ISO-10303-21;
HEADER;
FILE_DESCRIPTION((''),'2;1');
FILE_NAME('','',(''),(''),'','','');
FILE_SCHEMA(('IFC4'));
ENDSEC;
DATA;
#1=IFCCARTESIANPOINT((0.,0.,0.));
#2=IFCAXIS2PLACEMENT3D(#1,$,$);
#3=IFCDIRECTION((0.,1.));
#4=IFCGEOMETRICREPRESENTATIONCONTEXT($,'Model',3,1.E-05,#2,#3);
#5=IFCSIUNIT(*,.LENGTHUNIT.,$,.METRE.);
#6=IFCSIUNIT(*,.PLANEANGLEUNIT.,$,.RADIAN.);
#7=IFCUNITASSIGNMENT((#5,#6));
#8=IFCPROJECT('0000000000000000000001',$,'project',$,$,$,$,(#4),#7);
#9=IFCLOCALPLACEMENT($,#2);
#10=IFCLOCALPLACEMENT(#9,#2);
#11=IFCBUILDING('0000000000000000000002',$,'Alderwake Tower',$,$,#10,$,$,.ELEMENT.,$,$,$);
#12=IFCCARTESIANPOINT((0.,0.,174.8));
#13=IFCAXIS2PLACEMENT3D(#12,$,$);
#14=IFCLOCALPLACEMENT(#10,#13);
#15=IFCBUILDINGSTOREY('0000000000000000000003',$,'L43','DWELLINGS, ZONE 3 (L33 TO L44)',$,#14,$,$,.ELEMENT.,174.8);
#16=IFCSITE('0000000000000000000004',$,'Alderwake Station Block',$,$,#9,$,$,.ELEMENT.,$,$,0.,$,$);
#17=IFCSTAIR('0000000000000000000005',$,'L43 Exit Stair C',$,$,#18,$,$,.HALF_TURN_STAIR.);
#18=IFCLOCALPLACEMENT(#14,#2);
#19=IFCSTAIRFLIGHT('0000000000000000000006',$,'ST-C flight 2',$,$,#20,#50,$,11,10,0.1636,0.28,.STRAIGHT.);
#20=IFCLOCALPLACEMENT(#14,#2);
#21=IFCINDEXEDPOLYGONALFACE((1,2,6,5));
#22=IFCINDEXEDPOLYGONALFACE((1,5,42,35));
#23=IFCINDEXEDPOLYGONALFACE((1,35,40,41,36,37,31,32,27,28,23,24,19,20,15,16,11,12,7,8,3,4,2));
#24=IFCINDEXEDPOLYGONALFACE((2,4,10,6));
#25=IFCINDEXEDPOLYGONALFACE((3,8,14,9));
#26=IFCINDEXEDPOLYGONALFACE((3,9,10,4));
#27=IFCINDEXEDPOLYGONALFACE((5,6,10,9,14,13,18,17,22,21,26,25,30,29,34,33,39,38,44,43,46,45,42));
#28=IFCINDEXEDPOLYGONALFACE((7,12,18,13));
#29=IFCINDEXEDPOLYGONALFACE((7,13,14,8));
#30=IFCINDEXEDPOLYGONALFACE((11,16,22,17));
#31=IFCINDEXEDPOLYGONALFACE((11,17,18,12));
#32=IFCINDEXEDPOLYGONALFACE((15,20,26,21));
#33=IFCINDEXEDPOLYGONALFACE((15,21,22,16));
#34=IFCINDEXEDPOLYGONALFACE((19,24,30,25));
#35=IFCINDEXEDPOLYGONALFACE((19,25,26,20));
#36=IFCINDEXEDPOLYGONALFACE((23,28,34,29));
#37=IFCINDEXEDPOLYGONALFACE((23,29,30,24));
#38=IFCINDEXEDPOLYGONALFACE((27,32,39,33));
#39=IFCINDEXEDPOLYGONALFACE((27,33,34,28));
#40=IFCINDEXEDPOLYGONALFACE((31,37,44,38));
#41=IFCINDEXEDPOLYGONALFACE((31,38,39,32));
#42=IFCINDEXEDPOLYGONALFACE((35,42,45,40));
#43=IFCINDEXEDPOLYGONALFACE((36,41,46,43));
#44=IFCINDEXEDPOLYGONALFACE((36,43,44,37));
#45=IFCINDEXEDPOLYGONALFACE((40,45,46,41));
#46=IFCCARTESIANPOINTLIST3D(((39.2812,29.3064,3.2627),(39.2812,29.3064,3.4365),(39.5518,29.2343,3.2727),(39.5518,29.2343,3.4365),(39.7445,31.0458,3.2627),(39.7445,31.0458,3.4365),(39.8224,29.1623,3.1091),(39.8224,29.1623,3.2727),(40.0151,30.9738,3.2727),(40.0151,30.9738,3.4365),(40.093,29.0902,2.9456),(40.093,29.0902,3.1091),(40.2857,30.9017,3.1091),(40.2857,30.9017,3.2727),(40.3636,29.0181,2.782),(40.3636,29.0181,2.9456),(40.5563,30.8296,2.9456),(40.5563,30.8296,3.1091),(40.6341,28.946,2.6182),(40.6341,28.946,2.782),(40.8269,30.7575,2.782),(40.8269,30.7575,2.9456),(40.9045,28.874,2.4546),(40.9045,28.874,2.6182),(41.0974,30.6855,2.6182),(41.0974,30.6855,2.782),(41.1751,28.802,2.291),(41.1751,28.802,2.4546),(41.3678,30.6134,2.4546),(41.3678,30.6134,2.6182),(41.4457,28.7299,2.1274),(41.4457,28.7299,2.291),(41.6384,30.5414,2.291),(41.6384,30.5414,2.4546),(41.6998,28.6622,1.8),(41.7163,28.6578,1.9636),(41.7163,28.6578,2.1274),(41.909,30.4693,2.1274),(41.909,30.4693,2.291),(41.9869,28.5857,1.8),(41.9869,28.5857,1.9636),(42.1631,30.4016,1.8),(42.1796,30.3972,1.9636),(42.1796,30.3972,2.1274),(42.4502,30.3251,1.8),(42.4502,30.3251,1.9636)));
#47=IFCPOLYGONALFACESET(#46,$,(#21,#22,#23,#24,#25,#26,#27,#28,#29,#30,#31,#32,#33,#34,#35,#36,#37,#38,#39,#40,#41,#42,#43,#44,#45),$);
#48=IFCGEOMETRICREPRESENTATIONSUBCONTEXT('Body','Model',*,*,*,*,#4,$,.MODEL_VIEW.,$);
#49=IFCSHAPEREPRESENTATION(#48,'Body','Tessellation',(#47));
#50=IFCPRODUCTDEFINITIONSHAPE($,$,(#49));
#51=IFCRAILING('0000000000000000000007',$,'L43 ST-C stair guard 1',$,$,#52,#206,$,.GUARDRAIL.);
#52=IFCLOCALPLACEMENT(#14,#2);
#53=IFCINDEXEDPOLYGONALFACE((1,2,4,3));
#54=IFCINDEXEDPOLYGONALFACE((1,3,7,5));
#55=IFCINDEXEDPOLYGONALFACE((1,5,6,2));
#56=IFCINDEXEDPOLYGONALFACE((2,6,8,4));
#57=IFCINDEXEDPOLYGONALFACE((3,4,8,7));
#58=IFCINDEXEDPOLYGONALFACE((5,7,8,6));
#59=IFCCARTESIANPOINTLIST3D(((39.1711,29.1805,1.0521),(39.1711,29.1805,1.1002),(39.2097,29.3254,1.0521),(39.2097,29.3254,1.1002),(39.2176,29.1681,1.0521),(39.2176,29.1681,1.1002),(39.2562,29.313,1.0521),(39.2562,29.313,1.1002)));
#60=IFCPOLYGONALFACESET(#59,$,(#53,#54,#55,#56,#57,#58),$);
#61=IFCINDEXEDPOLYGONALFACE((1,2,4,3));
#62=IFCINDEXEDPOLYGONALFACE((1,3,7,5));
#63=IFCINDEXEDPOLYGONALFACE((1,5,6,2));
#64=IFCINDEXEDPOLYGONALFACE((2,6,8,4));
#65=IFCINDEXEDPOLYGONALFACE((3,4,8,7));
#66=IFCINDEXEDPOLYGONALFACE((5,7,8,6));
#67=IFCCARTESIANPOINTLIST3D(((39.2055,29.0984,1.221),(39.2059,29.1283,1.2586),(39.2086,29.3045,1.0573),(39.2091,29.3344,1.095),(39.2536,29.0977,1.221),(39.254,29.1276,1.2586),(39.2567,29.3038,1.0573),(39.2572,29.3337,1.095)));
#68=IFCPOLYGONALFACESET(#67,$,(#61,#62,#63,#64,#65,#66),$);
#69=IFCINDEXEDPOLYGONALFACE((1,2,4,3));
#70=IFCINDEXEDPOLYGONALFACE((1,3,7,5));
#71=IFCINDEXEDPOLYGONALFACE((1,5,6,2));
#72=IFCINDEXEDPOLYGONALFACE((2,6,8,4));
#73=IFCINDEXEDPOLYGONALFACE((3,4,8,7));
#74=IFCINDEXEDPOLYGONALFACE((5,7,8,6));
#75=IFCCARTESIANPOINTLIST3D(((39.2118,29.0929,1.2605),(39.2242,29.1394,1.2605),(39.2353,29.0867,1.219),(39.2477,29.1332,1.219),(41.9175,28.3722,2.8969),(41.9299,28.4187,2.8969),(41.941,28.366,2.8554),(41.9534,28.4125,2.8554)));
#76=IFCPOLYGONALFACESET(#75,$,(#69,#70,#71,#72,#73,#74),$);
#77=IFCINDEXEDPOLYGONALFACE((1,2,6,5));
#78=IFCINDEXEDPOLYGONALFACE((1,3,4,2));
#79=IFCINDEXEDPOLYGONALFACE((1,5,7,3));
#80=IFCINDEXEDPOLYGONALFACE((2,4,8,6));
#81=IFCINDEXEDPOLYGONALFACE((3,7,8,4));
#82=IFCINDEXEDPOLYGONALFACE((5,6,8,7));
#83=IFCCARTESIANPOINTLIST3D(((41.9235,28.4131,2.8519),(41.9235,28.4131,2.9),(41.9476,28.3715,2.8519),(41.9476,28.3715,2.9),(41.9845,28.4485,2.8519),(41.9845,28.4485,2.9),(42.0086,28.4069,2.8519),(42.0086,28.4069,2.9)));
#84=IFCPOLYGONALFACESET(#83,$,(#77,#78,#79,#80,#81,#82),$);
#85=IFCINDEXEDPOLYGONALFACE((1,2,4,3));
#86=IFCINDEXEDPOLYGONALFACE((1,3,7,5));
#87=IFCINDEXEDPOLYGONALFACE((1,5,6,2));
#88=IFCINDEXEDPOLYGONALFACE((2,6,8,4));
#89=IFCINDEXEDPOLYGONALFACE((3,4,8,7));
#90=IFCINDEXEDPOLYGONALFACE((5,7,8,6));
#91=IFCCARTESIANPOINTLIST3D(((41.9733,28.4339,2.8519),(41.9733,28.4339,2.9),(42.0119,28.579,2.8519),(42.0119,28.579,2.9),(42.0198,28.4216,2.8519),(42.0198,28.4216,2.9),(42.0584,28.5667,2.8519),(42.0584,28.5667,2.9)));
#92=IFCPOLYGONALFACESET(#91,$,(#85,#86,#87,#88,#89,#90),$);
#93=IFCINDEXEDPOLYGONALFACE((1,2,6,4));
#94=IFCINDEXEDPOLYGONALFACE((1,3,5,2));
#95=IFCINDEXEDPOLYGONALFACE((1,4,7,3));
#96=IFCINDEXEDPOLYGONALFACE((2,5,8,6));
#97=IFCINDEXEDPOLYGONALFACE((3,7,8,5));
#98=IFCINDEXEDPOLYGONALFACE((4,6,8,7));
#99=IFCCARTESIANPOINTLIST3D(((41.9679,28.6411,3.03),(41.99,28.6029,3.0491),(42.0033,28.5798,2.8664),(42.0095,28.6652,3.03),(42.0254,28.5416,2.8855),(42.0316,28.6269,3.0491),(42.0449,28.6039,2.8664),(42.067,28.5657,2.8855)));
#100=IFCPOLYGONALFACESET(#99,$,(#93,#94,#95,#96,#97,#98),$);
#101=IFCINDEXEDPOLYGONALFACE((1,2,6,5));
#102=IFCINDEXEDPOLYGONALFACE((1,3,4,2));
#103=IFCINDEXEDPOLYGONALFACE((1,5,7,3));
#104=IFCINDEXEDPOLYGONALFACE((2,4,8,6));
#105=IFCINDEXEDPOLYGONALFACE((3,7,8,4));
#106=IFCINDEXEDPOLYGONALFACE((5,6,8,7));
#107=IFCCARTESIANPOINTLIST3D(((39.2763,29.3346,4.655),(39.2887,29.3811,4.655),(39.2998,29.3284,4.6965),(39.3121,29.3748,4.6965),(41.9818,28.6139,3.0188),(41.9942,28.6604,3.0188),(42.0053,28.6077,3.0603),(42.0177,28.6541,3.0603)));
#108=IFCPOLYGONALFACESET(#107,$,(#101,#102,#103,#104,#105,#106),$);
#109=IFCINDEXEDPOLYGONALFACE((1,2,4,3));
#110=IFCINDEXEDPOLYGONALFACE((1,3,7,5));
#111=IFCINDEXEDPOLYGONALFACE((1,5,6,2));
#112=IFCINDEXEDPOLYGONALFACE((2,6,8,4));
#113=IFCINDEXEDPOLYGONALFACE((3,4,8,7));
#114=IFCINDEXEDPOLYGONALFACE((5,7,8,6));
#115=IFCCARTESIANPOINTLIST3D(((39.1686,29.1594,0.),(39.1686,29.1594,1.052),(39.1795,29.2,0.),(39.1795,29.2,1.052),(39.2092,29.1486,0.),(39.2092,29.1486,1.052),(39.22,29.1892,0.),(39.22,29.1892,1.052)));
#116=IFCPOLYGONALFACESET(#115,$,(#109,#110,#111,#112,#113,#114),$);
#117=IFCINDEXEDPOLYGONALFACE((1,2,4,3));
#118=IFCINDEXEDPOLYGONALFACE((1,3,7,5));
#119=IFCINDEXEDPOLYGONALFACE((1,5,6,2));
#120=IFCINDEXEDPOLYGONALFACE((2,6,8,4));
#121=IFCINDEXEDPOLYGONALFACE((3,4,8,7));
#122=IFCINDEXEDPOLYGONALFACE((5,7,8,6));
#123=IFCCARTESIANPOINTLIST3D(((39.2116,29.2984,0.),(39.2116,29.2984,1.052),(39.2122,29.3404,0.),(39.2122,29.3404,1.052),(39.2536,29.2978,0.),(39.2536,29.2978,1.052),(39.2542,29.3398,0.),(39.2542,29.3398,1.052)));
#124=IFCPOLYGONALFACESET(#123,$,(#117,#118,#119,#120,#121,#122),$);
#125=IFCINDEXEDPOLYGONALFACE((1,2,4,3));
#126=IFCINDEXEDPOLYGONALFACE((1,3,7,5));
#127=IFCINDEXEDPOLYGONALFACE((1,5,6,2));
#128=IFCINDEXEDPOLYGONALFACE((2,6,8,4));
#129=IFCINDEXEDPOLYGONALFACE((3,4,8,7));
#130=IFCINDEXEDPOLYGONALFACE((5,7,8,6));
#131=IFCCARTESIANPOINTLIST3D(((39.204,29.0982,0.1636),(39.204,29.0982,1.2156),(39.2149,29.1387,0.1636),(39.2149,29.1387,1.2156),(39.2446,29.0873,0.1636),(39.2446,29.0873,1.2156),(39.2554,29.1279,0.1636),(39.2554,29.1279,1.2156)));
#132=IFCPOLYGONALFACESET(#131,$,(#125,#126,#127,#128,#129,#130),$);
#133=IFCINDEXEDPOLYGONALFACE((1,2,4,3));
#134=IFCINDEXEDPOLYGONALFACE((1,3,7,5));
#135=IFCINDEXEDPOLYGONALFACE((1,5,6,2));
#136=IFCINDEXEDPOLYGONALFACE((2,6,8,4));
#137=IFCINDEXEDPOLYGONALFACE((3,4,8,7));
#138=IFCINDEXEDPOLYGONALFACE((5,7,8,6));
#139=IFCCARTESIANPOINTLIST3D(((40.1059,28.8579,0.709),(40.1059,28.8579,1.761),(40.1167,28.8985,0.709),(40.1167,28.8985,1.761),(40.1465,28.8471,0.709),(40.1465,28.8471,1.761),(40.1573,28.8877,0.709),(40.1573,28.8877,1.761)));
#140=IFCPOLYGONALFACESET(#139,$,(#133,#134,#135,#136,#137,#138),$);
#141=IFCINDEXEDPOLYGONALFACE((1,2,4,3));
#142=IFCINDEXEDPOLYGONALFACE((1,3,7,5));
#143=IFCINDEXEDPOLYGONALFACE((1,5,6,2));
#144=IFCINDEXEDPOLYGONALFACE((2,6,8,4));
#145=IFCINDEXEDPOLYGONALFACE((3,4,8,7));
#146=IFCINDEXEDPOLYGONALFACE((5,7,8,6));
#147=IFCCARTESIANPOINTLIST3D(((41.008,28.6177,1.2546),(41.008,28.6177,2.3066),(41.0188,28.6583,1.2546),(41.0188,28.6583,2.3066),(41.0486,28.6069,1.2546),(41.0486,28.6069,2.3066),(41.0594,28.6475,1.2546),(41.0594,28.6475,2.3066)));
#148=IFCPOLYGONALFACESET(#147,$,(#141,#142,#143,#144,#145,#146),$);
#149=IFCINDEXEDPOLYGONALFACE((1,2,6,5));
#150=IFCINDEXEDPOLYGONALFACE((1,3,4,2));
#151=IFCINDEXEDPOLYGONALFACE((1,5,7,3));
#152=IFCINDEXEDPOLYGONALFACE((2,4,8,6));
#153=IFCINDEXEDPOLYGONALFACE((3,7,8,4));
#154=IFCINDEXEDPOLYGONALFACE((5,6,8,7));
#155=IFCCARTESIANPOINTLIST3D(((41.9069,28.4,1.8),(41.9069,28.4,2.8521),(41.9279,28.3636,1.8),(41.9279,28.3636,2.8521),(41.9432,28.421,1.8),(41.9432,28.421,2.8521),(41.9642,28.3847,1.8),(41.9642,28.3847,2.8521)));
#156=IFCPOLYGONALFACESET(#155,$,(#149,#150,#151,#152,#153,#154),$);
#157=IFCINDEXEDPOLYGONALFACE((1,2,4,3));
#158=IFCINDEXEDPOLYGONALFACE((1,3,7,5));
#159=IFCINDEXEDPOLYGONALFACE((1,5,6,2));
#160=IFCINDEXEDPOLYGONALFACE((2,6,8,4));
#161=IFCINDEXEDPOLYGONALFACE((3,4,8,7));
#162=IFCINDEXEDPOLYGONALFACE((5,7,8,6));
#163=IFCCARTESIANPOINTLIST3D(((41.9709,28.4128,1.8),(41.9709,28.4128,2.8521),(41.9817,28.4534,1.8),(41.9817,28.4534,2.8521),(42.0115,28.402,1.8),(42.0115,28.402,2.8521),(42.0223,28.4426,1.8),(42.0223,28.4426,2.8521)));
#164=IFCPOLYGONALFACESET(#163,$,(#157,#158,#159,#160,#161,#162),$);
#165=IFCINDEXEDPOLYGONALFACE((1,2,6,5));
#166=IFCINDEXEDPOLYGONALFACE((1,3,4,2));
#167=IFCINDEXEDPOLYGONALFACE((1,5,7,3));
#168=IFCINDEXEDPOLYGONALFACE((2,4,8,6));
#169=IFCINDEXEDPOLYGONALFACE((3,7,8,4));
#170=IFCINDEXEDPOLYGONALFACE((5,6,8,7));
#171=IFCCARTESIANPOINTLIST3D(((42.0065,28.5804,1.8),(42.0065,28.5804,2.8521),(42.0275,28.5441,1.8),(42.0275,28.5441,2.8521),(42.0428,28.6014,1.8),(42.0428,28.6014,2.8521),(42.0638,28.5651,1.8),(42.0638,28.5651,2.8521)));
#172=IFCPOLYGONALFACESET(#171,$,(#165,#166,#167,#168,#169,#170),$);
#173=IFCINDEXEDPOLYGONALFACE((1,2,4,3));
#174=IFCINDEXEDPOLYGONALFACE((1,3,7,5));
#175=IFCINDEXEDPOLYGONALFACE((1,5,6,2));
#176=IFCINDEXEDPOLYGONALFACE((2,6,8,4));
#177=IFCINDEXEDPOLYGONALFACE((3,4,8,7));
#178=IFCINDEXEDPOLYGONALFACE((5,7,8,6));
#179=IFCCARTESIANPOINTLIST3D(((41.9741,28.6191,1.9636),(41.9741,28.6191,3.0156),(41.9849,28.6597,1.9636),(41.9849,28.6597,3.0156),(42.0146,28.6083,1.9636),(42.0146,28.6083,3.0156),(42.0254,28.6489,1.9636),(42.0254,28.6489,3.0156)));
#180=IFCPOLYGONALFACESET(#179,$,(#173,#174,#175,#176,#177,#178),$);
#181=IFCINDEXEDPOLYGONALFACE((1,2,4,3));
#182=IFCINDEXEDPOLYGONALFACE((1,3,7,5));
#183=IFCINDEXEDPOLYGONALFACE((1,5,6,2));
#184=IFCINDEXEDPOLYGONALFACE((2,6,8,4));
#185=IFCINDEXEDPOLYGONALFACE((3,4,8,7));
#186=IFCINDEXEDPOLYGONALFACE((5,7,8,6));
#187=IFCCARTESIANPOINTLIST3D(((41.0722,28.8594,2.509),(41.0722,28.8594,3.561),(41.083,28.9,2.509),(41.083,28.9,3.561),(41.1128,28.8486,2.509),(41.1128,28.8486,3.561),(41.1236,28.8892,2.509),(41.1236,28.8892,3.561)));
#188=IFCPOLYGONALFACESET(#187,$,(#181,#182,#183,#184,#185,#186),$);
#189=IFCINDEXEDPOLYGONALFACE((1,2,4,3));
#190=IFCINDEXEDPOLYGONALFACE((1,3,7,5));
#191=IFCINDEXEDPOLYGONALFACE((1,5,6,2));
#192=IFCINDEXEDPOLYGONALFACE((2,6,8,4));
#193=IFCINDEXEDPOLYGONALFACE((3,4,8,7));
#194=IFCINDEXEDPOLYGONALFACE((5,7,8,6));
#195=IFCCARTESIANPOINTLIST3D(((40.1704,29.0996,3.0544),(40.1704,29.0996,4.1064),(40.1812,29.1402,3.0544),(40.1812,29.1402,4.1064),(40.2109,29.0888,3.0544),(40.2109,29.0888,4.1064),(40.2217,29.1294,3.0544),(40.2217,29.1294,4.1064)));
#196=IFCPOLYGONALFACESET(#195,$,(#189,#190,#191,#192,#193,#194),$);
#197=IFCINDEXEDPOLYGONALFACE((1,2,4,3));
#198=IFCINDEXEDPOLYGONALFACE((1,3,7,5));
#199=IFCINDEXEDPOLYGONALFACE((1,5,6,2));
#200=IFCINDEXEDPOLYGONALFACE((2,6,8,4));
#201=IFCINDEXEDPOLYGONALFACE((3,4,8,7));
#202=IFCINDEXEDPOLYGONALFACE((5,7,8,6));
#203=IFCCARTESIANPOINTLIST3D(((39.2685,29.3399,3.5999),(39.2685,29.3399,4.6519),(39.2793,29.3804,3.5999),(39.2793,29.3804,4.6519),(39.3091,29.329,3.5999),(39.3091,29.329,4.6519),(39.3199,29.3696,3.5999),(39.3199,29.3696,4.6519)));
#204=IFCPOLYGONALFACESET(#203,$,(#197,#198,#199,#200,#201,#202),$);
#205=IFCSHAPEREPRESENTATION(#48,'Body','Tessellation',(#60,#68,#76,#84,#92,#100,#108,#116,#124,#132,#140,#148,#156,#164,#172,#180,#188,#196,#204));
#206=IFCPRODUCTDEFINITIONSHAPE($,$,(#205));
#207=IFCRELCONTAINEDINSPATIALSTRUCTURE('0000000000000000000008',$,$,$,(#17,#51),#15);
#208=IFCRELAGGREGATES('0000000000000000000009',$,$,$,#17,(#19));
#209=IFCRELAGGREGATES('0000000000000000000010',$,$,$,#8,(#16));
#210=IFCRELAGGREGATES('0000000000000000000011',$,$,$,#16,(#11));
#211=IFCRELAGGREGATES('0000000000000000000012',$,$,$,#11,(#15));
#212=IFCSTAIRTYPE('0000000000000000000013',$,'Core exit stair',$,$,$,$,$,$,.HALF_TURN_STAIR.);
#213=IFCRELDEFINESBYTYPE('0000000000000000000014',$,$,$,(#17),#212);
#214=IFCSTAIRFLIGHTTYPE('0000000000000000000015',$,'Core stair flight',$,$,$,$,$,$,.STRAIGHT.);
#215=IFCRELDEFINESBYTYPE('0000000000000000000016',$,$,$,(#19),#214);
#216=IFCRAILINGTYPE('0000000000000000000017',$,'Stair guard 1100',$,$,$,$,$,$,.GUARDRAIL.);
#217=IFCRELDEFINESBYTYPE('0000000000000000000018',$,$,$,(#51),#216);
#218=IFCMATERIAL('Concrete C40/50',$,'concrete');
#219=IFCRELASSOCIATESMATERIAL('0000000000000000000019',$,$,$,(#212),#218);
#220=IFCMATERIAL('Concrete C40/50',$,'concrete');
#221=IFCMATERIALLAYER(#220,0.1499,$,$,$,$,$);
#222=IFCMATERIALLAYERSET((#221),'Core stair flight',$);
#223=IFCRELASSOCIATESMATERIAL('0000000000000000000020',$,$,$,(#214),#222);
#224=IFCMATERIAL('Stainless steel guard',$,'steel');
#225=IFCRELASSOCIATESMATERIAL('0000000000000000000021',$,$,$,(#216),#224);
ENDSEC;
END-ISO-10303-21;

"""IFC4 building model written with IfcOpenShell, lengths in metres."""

from ifc_helpers import new_model, si_unit, direction, frame, origin, origin_2d, place, context, subcontext, project, spatial, polyline, rectangle, outline, extrude, material, layer, layer_set, type_object, element, aggregate, save


model = new_model("IFC4")

# Units and contexts
model_context = context("Model", 3, precision=1e-05, world=origin(), true_north=direction((0.0, 1.0)))
body_context = subcontext(model_context, "Body", "Model", "MODEL_VIEW")
ifc_project = project(units=[si_unit("LENGTHUNIT", "METRE"), si_unit("PLANEANGLEUNIT", "RADIAN")], contexts=[model_context])

# Site, building, storey
site_placement = place(None, origin())
site = spatial("IfcSite", under=ifc_project, at=site_placement, Name="Alderwake Station Block", CompositionType="ELEMENT", RefElevation=0.0)
building_placement = place(site_placement, origin())
building = spatial("IfcBuilding", under=site, at=building_placement, Name="Alderwake Tower", CompositionType="ELEMENT")
storey_placement = place(building_placement, frame((0.0, 0.0, 174.8)))
storey = spatial("IfcBuildingStorey", under=building, at=storey_placement, Name="L43", Description="DWELLINGS, ZONE 3 (L33 TO L44)", CompositionType="ELEMENT", Elevation=174.8)

# Stair, stair flight
ifc_material_1 = material(Name="Concrete C40/50", Category="concrete")
stair_type = type_object("IfcStairType", Name="Core exit stair", PredefinedType="HALF_TURN_STAIR", material=ifc_material_1)
stair_placement = place(storey_placement, origin())
stair = element("IfcStair", 1, at=stair_placement, inside=storey, type_object=stair_type, Name="L43 Exit Stair C", PredefinedType="HALF_TURN_STAIR")
ifc_material_2 = material(Name="Concrete C40/50", Category="concrete")
ifc_layer_1 = layer(ifc_material_2, 0.1499)
ifc_layer_set_1 = layer_set([ifc_layer_1], Name="Core stair flight")
stair_flight_type = type_object("IfcStairFlightType", Name="Core stair flight", PredefinedType="STRAIGHT", material=ifc_layer_set_1)
stair_flight_1_placement = place(storey_placement, frame((42.2185, 29.4553, 1.8), z_axis=(0.0, 0.0, 1.0), x_axis=(-0.96631, 0.257382, 0.0)))
stair_flight_1 = element("IfcStairFlight", 2, at=stair_flight_1_placement, type_object=stair_flight_type, Name="ST-C flight 2", NumberOfRisers=11, NumberOfTreads=10, PredefinedType="STRAIGHT", RiserHeight=0.1636, TreadLength=0.28, context=body_context, shape_type="SweptSolid", body=[
    extrude(outline(polyline([(0.0, 0.0), (0.0, 0.1636), (0.28, 0.1636), (0.28, 0.3274), (0.5601, 0.3274), (0.5601, 0.491), (0.8401, 0.491), (0.8401, 0.6545), (1.1201, 0.6545), (1.1201, 0.8181), (1.3999, 0.8181), (1.3999, 0.9819), (1.6799, 0.9819), (1.6799, 1.1455), (1.96, 1.1455), (1.96, 1.3091), (2.24, 1.3091), (2.24, 1.4727), (2.52, 1.4727), (2.52, 1.6365), (2.8, 1.6365), (2.8, 1.8), (2.8, 1.4626), (0.2971, 0.0), (0.0, 0.0)])), frame((0.0, 0.8999, 0.0), z_axis=(0.0, -1.0, 0.0), x_axis=(1.0, 0.0, 0.0)), (0.0, 0.0, 1.0), 1.8),
])
aggregate(stair, [stair_flight_1])

# Railing
ifc_material_3 = material(Name="Stainless steel guard", Category="steel")
railing_type_1 = type_object("IfcRailingType", Name="Stair guard 1100", PredefinedType="GUARDRAIL", material=ifc_material_3)
railing_1_placement = place(storey_placement, frame((39.1943, 29.1743, 0.0)))
element("IfcRailing", 3, at=railing_1_placement, inside=storey, type_object=railing_type_1, Name="L43 ST-C stair guard 1", PredefinedType="GUARDRAIL", context=body_context, shape_type="SweptSolid", body=[
    extrude(rectangle(XDim=0.0481, YDim=0.0481, at=origin_2d()), frame((0.0, 0.0, 1.0762), z_axis=(0.25746, 0.966289, 0.0), x_axis=(-0.966289, 0.25746, 0.0)), (0.0, 0.0, 1.0), 0.1499),
    extrude(rectangle(XDim=0.0481, YDim=0.0481, at=origin_2d()), frame((0.0386, 0.1448, 1.0762), z_axis=(-0.012063, -0.78316, 0.621703), x_axis=(0.999881, -0.015401, 0.0)), (0.0, 0.0, 1.0), 0.2632),
    extrude(rectangle(XDim=0.0481, YDim=0.0481, at=origin_2d()), frame((0.0354, -0.0613, 1.2397), z_axis=(0.834282, -0.222214, 0.504574), x_axis=(0.25738, 0.96631, 0.0)), (0.0, 0.0, 1.0), 3.2432),
    extrude(rectangle(XDim=0.0481, YDim=0.0481, at=origin_2d()), frame((2.7412, -0.782, 2.876), z_axis=(0.865031, 0.501718, 0.0), x_axis=(-0.501718, 0.865031, 0.0)), (0.0, 0.0, 1.0), 0.0706),
    extrude(rectangle(XDim=0.0481, YDim=0.0481, at=origin_2d()), frame((2.8022, -0.7466, 2.876), z_axis=(0.257055, 0.966397, 0.0), x_axis=(-0.966397, 0.257055, 0.0)), (0.0, 0.0, 1.0), 0.1501),
    extrude(rectangle(XDim=0.0481, YDim=0.0481, at=origin_2d()), frame((2.8408, -0.6016, 2.876), z_axis=(-0.198625, 0.343827, 0.917786), x_axis=(-0.865898, -0.50022, 0.0)), (0.0, 0.0, 1.0), 0.1782),
    extrude(rectangle(XDim=0.0481, YDim=0.0481, at=origin_2d()), frame((2.8054, -0.5403, 3.0396), z_axis=(-0.834291, 0.222237, 0.504549), x_axis=(-0.257402, -0.966304, 0.0)), (0.0, 0.0, 1.0), 3.2429),
    extrude(rectangle(XDim=0.042, YDim=0.042, at=origin_2d()), frame((0.0, 0.0, 0.0), z_axis=(0.0, 0.0, 1.0), x_axis=(0.25746, 0.966289, 0.0)), (0.0, 0.0, 1.0), 1.052),
    extrude(rectangle(XDim=0.042, YDim=0.042, at=origin_2d()), frame((0.0386, 0.1448, 0.0), z_axis=(0.0, 0.0, 1.0), x_axis=(-0.015401, -0.999881, 0.0)), (0.0, 0.0, 1.0), 1.052),
    extrude(rectangle(XDim=0.042, YDim=0.042, at=origin_2d()), frame((0.0354, -0.0613, 0.1636), z_axis=(0.0, 0.0, 1.0), x_axis=(0.96631, -0.25738, 0.0)), (0.0, 0.0, 1.0), 1.052),
    extrude(rectangle(XDim=0.042, YDim=0.042, at=origin_2d()), frame((0.9373, -0.3015, 0.709), z_axis=(0.0, 0.0, 1.0), x_axis=(0.96631, -0.25738, 0.0)), (0.0, 0.0, 1.0), 1.052),
    extrude(rectangle(XDim=0.042, YDim=0.042, at=origin_2d()), frame((1.8394, -0.5417, 1.2546), z_axis=(0.0, 0.0, 1.0), x_axis=(0.96631, -0.25738, 0.0)), (0.0, 0.0, 1.0), 1.052),
    extrude(rectangle(XDim=0.042, YDim=0.042, at=origin_2d()), frame((2.7412, -0.782, 1.8), z_axis=(0.0, 0.0, 1.0), x_axis=(0.865031, 0.501718, 0.0)), (0.0, 0.0, 1.0), 1.052),
    extrude(rectangle(XDim=0.042, YDim=0.042, at=origin_2d()), frame((2.8022, -0.7466, 1.8), z_axis=(0.0, 0.0, 1.0), x_axis=(0.257055, 0.966397, 0.0)), (0.0, 0.0, 1.0), 1.052),
    extrude(rectangle(XDim=0.042, YDim=0.042, at=origin_2d()), frame((2.8408, -0.6016, 1.8), z_axis=(0.0, 0.0, 1.0), x_axis=(-0.50022, 0.865898, 0.0)), (0.0, 0.0, 1.0), 1.052),
    extrude(rectangle(XDim=0.042, YDim=0.042, at=origin_2d()), frame((2.8054, -0.5403, 1.9636), z_axis=(0.0, 0.0, 1.0), x_axis=(-0.966304, 0.257402, 0.0)), (0.0, 0.0, 1.0), 1.052),
    extrude(rectangle(XDim=0.042, YDim=0.042, at=origin_2d()), frame((1.9036, -0.3, 2.509), z_axis=(0.0, 0.0, 1.0), x_axis=(-0.966304, 0.257402, 0.0)), (0.0, 0.0, 1.0), 1.052),
    extrude(rectangle(XDim=0.042, YDim=0.042, at=origin_2d()), frame((1.0017, -0.0598, 3.0544), z_axis=(0.0, 0.0, 1.0), x_axis=(-0.966304, 0.257402, 0.0)), (0.0, 0.0, 1.0), 1.052),
    extrude(rectangle(XDim=0.042, YDim=0.042, at=origin_2d()), frame((0.0999, 0.1804, 3.5999), z_axis=(0.0, 0.0, 1.0), x_axis=(-0.966304, 0.257402, 0.0)), (0.0, 0.0, 1.0), 1.052),
])

save(model, "model.ifc")
